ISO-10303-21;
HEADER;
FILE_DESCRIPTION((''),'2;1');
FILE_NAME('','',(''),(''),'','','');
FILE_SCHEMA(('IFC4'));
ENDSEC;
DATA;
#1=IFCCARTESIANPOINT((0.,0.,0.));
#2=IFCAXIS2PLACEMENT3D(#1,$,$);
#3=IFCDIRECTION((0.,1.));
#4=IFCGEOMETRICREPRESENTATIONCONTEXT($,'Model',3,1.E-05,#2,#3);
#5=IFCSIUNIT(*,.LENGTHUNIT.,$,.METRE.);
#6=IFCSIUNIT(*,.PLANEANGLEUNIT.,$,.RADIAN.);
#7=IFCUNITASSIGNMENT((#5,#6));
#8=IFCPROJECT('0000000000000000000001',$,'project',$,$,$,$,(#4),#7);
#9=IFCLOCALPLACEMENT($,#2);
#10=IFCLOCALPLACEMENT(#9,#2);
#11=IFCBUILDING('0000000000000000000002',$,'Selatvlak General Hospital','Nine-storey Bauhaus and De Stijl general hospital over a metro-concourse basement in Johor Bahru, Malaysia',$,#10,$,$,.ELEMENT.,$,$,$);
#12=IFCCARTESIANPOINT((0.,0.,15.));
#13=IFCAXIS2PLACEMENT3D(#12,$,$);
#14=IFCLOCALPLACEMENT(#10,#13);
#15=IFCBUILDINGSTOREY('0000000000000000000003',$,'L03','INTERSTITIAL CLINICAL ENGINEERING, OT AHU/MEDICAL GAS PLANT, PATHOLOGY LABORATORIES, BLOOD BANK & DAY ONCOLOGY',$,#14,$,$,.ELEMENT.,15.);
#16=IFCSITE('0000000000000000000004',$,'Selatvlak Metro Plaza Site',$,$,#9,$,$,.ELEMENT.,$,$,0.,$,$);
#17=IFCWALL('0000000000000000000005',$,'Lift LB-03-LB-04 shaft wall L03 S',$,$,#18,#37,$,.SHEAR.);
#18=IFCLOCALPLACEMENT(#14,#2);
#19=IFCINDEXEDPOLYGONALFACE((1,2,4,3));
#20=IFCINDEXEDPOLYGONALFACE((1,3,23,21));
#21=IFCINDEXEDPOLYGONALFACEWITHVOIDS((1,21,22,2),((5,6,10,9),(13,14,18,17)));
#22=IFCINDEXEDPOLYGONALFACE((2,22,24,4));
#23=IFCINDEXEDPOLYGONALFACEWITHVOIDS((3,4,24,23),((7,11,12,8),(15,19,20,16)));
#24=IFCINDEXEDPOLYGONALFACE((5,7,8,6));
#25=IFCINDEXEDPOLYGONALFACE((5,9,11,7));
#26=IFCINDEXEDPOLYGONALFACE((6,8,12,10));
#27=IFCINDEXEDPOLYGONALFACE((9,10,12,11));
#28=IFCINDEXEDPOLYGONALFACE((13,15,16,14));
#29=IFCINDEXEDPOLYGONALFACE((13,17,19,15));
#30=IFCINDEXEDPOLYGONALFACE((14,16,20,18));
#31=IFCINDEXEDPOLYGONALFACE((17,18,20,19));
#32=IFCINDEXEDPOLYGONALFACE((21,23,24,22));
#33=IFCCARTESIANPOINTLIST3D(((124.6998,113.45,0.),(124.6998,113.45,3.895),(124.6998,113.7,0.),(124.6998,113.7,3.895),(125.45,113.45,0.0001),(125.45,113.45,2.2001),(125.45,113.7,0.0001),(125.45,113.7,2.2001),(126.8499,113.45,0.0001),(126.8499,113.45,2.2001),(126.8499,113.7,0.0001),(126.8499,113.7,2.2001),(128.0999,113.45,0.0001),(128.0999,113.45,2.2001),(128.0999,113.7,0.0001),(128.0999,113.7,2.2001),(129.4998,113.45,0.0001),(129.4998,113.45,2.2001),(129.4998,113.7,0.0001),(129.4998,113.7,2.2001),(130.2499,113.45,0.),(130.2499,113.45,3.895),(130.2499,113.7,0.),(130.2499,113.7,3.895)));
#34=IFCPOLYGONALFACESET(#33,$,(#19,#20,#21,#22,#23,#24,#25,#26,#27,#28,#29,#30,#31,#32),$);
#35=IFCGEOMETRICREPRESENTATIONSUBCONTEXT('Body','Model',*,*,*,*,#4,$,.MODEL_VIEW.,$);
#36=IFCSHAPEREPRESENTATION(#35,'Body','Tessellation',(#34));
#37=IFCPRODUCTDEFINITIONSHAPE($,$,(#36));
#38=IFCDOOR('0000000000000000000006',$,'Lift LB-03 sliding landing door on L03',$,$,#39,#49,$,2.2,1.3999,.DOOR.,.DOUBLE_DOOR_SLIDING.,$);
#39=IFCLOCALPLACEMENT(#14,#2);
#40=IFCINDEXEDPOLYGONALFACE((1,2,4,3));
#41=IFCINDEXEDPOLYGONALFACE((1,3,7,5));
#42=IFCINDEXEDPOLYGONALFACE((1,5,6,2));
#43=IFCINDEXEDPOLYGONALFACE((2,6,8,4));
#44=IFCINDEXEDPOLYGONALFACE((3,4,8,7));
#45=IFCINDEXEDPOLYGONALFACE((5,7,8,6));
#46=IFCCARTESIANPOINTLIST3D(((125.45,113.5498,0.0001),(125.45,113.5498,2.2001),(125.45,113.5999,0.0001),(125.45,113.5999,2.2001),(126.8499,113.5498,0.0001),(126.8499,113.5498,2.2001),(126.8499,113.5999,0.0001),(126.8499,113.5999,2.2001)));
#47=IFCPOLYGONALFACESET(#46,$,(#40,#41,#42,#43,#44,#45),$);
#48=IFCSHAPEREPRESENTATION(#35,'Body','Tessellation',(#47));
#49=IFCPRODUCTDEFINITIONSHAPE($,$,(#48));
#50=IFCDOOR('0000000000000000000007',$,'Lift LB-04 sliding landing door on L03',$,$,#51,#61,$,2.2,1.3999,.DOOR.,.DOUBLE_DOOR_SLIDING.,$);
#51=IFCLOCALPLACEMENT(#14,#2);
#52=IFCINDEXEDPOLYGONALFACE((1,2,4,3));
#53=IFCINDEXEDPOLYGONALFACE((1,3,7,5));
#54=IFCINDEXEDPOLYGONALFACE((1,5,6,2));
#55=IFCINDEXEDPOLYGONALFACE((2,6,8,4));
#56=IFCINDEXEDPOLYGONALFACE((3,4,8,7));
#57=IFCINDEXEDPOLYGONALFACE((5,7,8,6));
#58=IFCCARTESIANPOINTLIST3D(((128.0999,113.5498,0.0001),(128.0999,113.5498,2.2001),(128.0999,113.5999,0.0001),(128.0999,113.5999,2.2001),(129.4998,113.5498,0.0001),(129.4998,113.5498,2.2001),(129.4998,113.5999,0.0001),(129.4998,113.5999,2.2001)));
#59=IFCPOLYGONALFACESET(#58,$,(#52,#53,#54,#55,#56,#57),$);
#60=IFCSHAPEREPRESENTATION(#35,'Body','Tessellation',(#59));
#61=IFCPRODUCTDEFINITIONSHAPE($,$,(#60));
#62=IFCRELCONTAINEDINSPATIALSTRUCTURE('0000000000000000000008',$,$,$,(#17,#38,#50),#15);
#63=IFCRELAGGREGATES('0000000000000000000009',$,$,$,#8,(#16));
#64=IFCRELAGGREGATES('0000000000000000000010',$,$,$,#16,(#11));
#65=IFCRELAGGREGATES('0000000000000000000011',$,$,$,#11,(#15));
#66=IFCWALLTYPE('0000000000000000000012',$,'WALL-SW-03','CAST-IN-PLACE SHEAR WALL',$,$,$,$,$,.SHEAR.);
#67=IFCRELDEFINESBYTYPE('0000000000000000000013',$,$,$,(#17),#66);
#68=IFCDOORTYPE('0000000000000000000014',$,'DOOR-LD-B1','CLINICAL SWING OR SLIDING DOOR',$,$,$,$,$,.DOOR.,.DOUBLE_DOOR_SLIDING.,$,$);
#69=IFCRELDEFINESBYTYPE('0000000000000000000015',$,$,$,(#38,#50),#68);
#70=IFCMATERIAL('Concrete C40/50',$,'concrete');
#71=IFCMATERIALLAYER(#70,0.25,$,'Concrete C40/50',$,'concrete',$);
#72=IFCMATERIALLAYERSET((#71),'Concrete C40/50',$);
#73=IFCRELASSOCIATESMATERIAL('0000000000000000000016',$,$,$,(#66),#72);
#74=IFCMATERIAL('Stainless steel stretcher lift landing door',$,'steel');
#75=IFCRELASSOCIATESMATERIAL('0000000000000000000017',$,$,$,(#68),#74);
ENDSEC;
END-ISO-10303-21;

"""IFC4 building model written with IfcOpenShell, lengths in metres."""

from ifc_helpers import new_model, si_unit, direction, frame, frame_2d, origin, place, context, subcontext, project, spatial, rectangle, extrude, material, layer, layer_set, type_object, element, fill, save


model = new_model("IFC4")

# Units and contexts
model_context = context("Model", 3, precision=1e-05, world=origin(), true_north=direction((0.0, 1.0)))
body_context = subcontext(model_context, "Body", "Model", "MODEL_VIEW")
ifc_project = project(units=[si_unit("LENGTHUNIT", "METRE"), si_unit("PLANEANGLEUNIT", "RADIAN")], contexts=[model_context])

# Site, building, storey
site_placement = place(None, origin())
site = spatial("IfcSite", under=ifc_project, at=site_placement, Name="Selatvlak Metro Plaza Site", CompositionType="ELEMENT", RefElevation=0.0)
building_placement = place(site_placement, origin())
building = spatial("IfcBuilding", under=site, at=building_placement, Name="Selatvlak General Hospital", Description="Nine-storey Bauhaus and De Stijl general hospital over a metro-concourse basement in Johor Bahru, Malaysia", CompositionType="ELEMENT")
storey_placement = place(building_placement, frame((0.0, 0.0, 15.0)))
storey = spatial("IfcBuildingStorey", under=building, at=storey_placement, Name="L03", Description="INTERSTITIAL CLINICAL ENGINEERING, OT AHU/MEDICAL GAS PLANT, PATHOLOGY LABORATORIES, BLOOD BANK & DAY ONCOLOGY", CompositionType="ELEMENT", Elevation=15.0)

# Shared definitions
ifc_material_1 = material(Name="Concrete C40/50", Category="concrete")

# Wall, openings, doors
ifc_layer_1 = layer(ifc_material_1, 0.25, Name="Concrete C40/50", Category="concrete")
ifc_layer_set_1 = layer_set([ifc_layer_1], Name="Concrete C40/50")
wall_type_1 = type_object("IfcWallType", Name="WALL-SW-03", Description="CAST-IN-PLACE SHEAR WALL", PredefinedType="SHEAR", material=ifc_layer_set_1)
wall_1_placement = place(storey_placement, frame((124.7, 113.575, 0.0), z_axis=(0.0, 0.0, 1.0), x_axis=(1.0, 0.0, 0.0)))
wall_1 = element("IfcWall", 1, at=wall_1_placement, inside=storey, type_object=wall_type_1, Name="Lift LB-03-LB-04 shaft wall L03 S", PredefinedType="SHEAR", context=body_context, shape_type="SweptSolid", body=[
    extrude(rectangle(XDim=5.55, YDim=0.25, at=frame_2d((2.7749, 0.0))), origin(), (0.0, 0.0, 1.0), 3.895),
])
opening_1_placement = place(wall_1_placement, frame((0.75, 0.0, 0.0)))
opening_1 = element("IfcOpeningElement", 2, at=opening_1_placement, cuts=wall_1, PredefinedType="OPENING", context=body_context, shape_type="SweptSolid", body=[
    extrude(rectangle(XDim=1.3999, YDim=2.2, at=frame_2d((0.7, 1.1001))), frame((0.0, 0.135, 0.0), z_axis=(0.0, -1.0, 0.0), x_axis=(1.0, 0.0, 0.0)), (0.0, 0.0, 1.0), 0.27),
])
opening_2_placement = place(wall_1_placement, frame((3.3999, 0.0, 0.0)))
opening_2 = element("IfcOpeningElement", 3, at=opening_2_placement, cuts=wall_1, PredefinedType="OPENING", context=body_context, shape_type="SweptSolid", body=[
    extrude(rectangle(XDim=1.3999, YDim=2.2, at=frame_2d((0.7, 1.1001))), frame((0.0, 0.135, 0.0), z_axis=(0.0, -1.0, 0.0), x_axis=(1.0, 0.0, 0.0)), (0.0, 0.0, 1.0), 0.27),
])
ifc_material_2 = material(Name="Stainless steel stretcher lift landing door", Category="steel")
door_type_1 = type_object("IfcDoorType", Name="DOOR-LD-B1", Description="CLINICAL SWING OR SLIDING DOOR", OperationType="DOUBLE_DOOR_SLIDING", PredefinedType="DOOR", material=ifc_material_2)
door_1_placement = place(opening_1_placement, origin())
door_1 = element("IfcDoor", 4, at=door_1_placement, inside=storey, type_object=door_type_1, Name="Lift LB-03 sliding landing door on L03", OperationType="DOUBLE_DOOR_SLIDING", OverallHeight=2.2, OverallWidth=1.3999, PredefinedType="DOOR", context=body_context, shape_type="SweptSolid", body=[
    extrude(rectangle(XDim=1.3999, YDim=2.2, at=frame_2d((0.7, 1.1001))), frame((0.0, 0.0249, 0.0), z_axis=(0.0, -1.0, 0.0), x_axis=(1.0, 0.0, 0.0)), (0.0, 0.0, 1.0), 0.05),
])
fill(opening_1, door_1)
door_2_placement = place(opening_2_placement, origin())
door_2 = element("IfcDoor", 5, at=door_2_placement, inside=storey, type_object=door_type_1, Name="Lift LB-04 sliding landing door on L03", OperationType="DOUBLE_DOOR_SLIDING", OverallHeight=2.2, OverallWidth=1.3999, PredefinedType="DOOR", context=body_context, shape_type="SweptSolid", body=[
    extrude(rectangle(XDim=1.3999, YDim=2.2, at=frame_2d((0.7, 1.1001))), frame((0.0, 0.0249, 0.0), z_axis=(0.0, -1.0, 0.0), x_axis=(1.0, 0.0, 0.0)), (0.0, 0.0, 1.0), 0.05),
])
fill(opening_2, door_2)

save(model, "model.ifc")
